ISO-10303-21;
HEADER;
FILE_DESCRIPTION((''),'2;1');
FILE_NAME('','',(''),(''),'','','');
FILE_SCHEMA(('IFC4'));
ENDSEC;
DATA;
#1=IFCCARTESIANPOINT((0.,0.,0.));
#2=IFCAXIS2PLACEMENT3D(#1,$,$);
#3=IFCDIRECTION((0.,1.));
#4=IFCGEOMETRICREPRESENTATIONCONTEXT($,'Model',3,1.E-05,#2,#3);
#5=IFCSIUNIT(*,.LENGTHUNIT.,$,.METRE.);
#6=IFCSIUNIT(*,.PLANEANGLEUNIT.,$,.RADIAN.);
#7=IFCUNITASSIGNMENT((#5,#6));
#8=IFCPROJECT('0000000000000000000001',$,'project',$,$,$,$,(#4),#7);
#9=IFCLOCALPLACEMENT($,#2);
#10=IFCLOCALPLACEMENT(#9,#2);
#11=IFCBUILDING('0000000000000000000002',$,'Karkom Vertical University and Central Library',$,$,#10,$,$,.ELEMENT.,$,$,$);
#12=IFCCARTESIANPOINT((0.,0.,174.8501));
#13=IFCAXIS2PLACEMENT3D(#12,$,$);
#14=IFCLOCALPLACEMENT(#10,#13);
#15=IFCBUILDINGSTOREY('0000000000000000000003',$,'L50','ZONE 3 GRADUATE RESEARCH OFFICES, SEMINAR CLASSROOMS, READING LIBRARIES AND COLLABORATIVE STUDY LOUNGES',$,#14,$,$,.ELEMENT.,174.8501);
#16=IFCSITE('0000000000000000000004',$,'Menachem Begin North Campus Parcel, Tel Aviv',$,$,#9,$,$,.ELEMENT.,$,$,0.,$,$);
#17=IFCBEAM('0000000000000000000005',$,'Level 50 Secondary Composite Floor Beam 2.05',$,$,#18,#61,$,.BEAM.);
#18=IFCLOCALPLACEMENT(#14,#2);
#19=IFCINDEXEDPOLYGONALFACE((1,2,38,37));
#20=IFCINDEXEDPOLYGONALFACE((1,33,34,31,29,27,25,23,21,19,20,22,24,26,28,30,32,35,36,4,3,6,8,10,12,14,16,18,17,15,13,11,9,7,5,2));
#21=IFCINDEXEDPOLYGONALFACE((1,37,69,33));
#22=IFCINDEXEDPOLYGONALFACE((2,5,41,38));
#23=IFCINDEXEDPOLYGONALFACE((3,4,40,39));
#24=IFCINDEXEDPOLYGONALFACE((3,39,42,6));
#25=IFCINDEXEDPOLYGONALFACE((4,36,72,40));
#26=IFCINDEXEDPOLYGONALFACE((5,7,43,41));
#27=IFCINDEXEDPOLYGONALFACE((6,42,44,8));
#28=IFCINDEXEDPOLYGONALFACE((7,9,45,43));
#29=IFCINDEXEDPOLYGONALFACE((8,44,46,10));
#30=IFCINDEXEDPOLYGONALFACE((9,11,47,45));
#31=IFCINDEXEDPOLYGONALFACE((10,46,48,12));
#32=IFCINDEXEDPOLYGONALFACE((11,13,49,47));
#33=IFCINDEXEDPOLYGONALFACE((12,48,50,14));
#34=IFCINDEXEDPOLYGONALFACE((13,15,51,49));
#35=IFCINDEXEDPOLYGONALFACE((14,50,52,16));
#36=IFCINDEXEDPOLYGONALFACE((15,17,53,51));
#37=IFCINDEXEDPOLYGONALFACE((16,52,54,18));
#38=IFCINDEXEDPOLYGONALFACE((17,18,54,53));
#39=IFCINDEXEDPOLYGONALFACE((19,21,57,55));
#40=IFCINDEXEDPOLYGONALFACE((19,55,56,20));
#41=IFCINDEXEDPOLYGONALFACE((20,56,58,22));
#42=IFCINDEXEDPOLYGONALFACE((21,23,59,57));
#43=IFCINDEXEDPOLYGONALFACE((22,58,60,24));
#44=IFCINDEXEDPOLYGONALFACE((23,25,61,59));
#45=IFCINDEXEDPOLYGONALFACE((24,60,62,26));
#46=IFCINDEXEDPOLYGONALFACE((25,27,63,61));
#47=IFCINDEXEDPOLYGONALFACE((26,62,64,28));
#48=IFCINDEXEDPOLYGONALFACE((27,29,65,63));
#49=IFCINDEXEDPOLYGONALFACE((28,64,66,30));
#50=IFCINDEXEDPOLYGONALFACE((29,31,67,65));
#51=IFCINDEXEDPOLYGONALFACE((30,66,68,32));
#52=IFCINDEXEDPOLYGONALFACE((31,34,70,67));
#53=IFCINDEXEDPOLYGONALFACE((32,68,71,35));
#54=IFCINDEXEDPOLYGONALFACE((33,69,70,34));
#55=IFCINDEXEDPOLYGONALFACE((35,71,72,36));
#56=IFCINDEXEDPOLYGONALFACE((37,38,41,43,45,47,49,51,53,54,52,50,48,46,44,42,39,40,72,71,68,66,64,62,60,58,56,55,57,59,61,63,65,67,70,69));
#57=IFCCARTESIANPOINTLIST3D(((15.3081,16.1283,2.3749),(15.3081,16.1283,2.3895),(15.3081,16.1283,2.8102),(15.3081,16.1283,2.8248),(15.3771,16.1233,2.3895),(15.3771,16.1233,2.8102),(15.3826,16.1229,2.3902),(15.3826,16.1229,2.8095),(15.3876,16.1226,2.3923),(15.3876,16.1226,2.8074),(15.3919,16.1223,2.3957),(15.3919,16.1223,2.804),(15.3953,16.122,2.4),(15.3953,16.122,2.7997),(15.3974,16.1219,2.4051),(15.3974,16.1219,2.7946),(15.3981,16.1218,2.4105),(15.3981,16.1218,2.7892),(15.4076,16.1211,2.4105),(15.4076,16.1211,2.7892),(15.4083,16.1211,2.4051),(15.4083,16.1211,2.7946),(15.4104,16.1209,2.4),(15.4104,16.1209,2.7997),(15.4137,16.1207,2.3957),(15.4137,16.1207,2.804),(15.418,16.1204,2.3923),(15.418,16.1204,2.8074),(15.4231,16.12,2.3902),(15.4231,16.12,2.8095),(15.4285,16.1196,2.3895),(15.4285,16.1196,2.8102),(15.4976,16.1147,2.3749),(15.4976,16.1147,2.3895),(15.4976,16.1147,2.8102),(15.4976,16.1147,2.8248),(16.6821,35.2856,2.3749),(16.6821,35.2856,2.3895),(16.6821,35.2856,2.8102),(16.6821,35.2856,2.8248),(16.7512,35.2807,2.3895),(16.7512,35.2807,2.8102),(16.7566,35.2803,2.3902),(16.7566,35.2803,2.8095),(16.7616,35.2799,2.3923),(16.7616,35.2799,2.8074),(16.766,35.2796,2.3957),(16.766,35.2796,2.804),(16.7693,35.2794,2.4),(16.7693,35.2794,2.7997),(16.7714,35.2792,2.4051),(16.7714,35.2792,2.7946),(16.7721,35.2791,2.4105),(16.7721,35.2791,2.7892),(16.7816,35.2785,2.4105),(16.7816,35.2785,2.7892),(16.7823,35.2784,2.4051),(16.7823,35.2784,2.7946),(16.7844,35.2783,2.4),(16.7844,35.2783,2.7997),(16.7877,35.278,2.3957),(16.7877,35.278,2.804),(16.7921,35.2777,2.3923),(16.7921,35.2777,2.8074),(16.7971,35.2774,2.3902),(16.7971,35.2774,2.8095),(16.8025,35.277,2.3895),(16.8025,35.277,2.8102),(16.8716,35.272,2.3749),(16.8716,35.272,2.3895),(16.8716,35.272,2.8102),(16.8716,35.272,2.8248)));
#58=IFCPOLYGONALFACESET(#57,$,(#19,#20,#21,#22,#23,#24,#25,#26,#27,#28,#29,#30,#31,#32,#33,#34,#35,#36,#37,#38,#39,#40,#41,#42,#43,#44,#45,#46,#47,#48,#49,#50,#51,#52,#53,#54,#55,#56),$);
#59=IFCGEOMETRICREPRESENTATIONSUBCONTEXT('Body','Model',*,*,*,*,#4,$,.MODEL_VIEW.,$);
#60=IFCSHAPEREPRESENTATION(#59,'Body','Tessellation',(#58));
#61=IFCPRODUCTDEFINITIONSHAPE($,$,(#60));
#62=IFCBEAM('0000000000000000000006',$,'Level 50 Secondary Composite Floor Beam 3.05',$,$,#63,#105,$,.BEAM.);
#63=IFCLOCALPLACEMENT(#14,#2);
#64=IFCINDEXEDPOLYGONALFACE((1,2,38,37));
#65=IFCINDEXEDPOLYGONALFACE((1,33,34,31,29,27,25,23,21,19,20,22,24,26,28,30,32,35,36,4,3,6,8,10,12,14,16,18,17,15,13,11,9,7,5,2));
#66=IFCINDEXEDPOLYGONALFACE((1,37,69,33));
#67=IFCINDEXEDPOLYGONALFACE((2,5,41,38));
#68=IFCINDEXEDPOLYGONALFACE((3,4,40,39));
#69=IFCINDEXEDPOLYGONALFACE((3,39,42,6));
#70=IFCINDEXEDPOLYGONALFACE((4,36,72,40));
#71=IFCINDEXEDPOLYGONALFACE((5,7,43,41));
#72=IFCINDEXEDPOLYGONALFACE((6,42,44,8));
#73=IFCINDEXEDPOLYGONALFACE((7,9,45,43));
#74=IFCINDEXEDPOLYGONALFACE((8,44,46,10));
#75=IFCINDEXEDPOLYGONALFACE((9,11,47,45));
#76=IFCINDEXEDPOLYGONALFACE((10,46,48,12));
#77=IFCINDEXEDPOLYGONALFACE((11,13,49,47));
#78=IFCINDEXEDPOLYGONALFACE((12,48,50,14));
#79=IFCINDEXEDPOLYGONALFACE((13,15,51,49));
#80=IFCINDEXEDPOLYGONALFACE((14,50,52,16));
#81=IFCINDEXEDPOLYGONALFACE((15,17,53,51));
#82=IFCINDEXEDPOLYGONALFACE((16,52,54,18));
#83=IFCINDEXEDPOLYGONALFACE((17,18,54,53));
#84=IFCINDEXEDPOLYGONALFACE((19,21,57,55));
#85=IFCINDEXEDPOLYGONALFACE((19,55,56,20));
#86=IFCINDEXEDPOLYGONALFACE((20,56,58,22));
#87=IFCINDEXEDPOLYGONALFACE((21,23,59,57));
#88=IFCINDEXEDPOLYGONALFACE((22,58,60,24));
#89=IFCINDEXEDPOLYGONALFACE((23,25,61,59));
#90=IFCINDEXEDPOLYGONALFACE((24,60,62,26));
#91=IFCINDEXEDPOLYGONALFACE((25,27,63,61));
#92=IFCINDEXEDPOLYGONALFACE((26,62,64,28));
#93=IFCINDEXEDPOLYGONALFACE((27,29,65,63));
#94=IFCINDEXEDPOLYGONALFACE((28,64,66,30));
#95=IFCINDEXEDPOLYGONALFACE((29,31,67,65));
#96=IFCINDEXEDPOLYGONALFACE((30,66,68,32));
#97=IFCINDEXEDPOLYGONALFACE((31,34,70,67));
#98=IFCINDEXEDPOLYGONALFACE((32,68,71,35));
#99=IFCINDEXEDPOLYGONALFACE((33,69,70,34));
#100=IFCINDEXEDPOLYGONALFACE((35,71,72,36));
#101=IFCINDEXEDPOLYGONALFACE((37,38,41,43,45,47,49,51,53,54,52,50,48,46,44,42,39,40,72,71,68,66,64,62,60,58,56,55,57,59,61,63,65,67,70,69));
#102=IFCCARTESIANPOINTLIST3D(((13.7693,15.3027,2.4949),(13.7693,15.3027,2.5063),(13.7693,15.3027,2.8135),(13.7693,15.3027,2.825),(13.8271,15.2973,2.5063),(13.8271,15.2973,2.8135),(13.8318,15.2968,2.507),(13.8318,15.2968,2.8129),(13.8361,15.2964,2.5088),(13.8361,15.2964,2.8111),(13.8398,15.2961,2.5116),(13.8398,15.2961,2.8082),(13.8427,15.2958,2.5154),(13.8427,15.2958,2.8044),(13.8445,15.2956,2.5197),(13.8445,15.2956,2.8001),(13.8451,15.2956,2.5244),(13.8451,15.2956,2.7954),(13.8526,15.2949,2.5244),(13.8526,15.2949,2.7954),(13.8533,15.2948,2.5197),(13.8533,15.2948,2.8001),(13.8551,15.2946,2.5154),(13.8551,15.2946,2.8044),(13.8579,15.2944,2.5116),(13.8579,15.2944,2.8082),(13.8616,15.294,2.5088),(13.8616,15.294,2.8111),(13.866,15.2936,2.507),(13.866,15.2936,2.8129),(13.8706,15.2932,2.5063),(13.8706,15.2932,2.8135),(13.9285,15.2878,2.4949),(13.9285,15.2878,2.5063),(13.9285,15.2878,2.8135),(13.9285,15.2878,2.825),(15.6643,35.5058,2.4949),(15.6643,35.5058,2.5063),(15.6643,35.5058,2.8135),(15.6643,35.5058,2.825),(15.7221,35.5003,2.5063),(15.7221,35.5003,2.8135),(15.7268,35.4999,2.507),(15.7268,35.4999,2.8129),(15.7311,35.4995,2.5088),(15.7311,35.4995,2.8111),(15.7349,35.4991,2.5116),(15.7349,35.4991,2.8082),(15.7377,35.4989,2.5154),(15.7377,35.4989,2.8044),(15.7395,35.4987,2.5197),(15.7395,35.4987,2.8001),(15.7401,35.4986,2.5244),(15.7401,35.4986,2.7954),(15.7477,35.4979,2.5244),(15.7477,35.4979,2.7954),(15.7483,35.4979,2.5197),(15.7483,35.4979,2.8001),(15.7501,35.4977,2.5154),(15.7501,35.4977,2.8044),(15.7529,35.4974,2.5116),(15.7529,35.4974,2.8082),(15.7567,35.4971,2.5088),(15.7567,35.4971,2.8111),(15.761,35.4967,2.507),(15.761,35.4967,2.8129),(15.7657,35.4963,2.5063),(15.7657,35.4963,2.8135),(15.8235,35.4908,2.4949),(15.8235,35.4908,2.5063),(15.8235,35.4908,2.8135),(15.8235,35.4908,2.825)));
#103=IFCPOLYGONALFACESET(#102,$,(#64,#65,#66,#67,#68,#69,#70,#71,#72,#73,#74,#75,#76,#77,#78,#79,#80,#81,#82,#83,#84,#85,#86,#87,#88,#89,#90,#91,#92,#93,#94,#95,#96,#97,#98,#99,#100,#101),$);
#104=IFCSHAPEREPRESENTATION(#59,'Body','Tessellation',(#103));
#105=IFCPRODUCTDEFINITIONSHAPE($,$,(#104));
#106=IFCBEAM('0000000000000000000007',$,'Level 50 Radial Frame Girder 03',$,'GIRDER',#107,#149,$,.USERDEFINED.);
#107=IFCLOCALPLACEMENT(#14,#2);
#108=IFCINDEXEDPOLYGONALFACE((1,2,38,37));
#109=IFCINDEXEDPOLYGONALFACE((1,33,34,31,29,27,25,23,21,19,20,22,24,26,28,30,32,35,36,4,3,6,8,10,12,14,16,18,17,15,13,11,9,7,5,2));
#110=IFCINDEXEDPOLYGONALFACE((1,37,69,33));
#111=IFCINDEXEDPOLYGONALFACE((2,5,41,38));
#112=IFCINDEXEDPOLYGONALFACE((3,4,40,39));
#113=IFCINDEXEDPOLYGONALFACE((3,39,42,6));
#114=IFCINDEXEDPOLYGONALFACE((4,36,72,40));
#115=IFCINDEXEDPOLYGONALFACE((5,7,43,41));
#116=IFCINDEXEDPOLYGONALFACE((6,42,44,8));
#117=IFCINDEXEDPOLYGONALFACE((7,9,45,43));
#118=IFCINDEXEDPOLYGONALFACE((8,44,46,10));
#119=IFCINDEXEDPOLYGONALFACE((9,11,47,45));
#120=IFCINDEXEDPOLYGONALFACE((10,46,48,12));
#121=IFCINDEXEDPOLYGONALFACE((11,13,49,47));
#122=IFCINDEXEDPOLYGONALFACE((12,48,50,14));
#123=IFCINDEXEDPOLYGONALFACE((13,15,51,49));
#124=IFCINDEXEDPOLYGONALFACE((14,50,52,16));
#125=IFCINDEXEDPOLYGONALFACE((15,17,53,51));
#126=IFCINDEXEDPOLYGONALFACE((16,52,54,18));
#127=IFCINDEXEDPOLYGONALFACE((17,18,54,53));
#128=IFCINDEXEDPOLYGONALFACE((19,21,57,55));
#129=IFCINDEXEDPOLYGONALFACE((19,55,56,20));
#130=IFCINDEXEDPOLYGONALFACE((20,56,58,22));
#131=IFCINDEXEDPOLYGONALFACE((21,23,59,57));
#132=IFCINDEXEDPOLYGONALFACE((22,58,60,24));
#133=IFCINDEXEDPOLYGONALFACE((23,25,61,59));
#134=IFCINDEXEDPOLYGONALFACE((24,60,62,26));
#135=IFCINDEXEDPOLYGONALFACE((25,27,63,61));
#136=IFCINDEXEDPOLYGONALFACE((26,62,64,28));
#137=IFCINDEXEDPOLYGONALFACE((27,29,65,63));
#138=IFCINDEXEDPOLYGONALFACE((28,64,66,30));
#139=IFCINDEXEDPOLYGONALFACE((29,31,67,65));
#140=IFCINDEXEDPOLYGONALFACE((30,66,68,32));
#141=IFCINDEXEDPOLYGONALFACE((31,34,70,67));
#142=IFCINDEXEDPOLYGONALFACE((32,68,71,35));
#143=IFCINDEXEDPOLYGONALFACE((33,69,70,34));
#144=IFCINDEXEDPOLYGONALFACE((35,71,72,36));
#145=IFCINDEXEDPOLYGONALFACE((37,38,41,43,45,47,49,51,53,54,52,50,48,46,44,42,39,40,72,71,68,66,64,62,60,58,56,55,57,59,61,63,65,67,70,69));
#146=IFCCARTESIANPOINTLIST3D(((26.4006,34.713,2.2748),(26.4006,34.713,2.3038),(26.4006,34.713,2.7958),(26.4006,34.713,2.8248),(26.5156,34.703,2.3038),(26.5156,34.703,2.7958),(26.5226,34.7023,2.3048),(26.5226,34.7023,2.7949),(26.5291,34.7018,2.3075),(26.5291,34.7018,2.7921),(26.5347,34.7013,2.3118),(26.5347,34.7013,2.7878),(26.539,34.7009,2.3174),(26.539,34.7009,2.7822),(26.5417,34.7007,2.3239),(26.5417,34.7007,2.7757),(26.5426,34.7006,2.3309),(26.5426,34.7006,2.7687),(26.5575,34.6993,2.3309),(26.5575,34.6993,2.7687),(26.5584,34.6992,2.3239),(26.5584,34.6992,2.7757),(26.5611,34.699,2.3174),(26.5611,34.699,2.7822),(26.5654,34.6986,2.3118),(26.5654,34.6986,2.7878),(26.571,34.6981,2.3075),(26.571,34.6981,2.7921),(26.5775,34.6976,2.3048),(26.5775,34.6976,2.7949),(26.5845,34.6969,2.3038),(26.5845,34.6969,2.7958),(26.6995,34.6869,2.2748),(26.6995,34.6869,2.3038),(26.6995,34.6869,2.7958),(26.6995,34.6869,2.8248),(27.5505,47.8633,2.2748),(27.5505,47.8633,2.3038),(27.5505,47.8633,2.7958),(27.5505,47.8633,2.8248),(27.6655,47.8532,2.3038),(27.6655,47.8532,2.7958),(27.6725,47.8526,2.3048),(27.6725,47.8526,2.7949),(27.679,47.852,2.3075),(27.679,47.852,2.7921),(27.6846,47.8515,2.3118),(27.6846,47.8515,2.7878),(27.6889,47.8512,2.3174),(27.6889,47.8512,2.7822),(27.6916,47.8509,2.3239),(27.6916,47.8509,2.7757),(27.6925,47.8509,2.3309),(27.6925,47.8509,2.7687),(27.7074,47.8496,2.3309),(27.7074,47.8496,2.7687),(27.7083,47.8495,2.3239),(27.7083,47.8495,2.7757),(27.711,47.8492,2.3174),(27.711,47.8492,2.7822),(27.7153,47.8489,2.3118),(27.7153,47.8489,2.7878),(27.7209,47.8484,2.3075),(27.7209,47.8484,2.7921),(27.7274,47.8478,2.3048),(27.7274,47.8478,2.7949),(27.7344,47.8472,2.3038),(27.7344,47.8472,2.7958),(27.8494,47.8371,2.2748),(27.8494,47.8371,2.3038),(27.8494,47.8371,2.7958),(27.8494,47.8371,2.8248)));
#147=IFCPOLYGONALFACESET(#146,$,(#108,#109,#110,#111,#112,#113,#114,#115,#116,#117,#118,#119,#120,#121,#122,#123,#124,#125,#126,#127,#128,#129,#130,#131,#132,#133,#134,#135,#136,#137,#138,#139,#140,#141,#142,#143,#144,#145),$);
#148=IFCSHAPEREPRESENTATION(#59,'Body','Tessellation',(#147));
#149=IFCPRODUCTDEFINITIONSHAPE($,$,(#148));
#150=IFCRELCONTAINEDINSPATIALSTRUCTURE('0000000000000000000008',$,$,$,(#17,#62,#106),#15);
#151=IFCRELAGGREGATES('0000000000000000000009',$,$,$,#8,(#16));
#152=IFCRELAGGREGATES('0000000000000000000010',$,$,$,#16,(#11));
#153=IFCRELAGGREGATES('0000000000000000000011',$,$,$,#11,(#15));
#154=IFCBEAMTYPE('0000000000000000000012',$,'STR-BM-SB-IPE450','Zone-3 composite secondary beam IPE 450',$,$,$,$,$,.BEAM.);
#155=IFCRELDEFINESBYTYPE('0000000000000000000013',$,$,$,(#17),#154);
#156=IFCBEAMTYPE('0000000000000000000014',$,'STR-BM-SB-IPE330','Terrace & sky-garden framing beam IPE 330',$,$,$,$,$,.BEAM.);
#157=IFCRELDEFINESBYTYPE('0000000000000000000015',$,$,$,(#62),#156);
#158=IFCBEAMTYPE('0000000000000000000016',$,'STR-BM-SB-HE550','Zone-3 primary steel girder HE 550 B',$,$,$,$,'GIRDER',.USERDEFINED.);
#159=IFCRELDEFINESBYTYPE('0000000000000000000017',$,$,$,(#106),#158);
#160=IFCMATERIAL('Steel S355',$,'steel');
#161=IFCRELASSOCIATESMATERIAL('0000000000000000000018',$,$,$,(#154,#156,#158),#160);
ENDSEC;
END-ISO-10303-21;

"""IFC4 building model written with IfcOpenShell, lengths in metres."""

from ifc_helpers import new_model, si_unit, direction, frame, origin, origin_with_axes, origin_2d, place, context, subcontext, project, spatial, i_section, extrude, source, transform, mapped, material, material_profile, profile_set, type_object, element, save


model = new_model("IFC4")

# Units and contexts
model_context = context("Model", 3, precision=1e-05, world=origin(), true_north=direction((0.0, 1.0)))
body_context = subcontext(model_context, "Body", "Model", "MODEL_VIEW")
ifc_project = project(units=[si_unit("LENGTHUNIT", "METRE"), si_unit("PLANEANGLEUNIT", "RADIAN")], contexts=[model_context])

# Site, building, storey
site_placement = place(None, origin())
site = spatial("IfcSite", under=ifc_project, at=site_placement, Name="Menachem Begin North Campus Parcel, Tel Aviv", CompositionType="ELEMENT", RefElevation=0.0)
building_placement = place(site_placement, origin())
building = spatial("IfcBuilding", under=site, at=building_placement, Name="Karkom Vertical University and Central Library", CompositionType="ELEMENT")
storey_placement = place(building_placement, frame((0.0, 0.0, 174.8501)))
storey = spatial("IfcBuildingStorey", under=building, at=storey_placement, Name="L50", Description="ZONE 3 GRADUATE RESEARCH OFFICES, SEMINAR CLASSROOMS, READING LIBRARIES AND COLLABORATIVE STUDY LOUNGES", CompositionType="ELEMENT", Elevation=174.8501)

# Beams
ifc_material_1 = material(Name="Steel S355", Category="steel")
ifc_material_profile_1 = material_profile(ifc_material_1, i_section(OverallWidth=0.1899, OverallDepth=0.45, WebThickness=0.0095, FlangeThickness=0.0146, FilletRadius=0.021, at=origin_2d()), Name="IPE 450")
ifc_profile_set_1 = profile_set([ifc_material_profile_1], Name="Steel S355")
beam_type_1 = type_object("IfcBeamType", Name="STR-BM-SB-IPE450", Description="Zone-3 composite secondary beam IPE 450", PredefinedType="BEAM", material=ifc_profile_set_1)
shared_shape_1 = source(origin_with_axes(), body_context, "Body", "SweptSolid", [
    extrude(i_section(OverallWidth=0.1899, OverallDepth=0.45, WebThickness=0.0095, FlangeThickness=0.0146, FilletRadius=0.021, at=origin_2d()), origin(), (0.0, 0.0, 1.0), 19.2065),
])
beam_1_placement = place(storey_placement, frame((16.7769, 35.2788, 2.5999), z_axis=(-0.07154, -0.997438, 0.0), x_axis=(0.997438, -0.07154, 0.0)))
element("IfcBeam", 1, at=beam_1_placement, inside=storey, type_object=beam_type_1, Name="Level 50 Secondary Composite Floor Beam 2.05", PredefinedType="BEAM", context=body_context, shape_type="MappedRepresentation", body=[
    mapped(shared_shape_1, transform((0.0, 0.0, 0.0), scale=1.0)),
])
ifc_material_profile_2 = material_profile(ifc_material_1, i_section(OverallWidth=0.1599, OverallDepth=0.3301, WebThickness=0.0076, FlangeThickness=0.0115, FilletRadius=0.0181, at=origin_2d()), Name="IPE 330")
ifc_profile_set_2 = profile_set([ifc_material_profile_2], Name="Steel S355")
beam_type_2 = type_object("IfcBeamType", Name="STR-BM-SB-IPE330", Description="Terrace & sky-garden framing beam IPE 330", PredefinedType="BEAM", material=ifc_profile_set_2)
shared_shape_2 = source(origin_with_axes(), body_context, "Body", "SweptSolid", [
    extrude(i_section(OverallWidth=0.1599, OverallDepth=0.3301, WebThickness=0.0076, FlangeThickness=0.0115, FilletRadius=0.0181, at=origin_2d()), origin(), (0.0, 0.0, 1.0), 20.2917),
])
beam_2_placement = place(storey_placement, frame((15.7439, 35.4983, 2.6599), z_axis=(-0.093388, -0.99563, 0.0), x_axis=(0.99563, -0.093388, 0.0)))
element("IfcBeam", 2, at=beam_2_placement, inside=storey, type_object=beam_type_2, Name="Level 50 Secondary Composite Floor Beam 3.05", PredefinedType="BEAM", context=body_context, shape_type="MappedRepresentation", body=[
    mapped(shared_shape_2, transform((0.0, 0.0, 0.0), scale=1.0)),
])
ifc_material_profile_3 = material_profile(ifc_material_1, i_section(OverallWidth=0.3, OverallDepth=0.55, WebThickness=0.0149, FlangeThickness=0.0291, FilletRadius=0.0271, at=origin_2d()), Name="HE 550 B")
ifc_profile_set_3 = profile_set([ifc_material_profile_3], Name="Steel S355")
beam_type_3 = type_object("IfcBeamType", Name="STR-BM-SB-HE550", Description="Zone-3 primary steel girder HE 550 B", ElementType="GIRDER", PredefinedType="USERDEFINED", material=ifc_profile_set_3)
shared_shape_3 = source(origin_with_axes(), body_context, "Body", "SweptSolid", [
    extrude(i_section(OverallWidth=0.3, OverallDepth=0.55, WebThickness=0.0149, FlangeThickness=0.0291, FilletRadius=0.0271, at=origin_2d()), origin(), (0.0, 0.0, 1.0), 13.2004),
])
beam_3_placement = place(storey_placement, frame((26.55, 34.7, 2.5498), z_axis=(0.087112, 0.996199, 0.0), x_axis=(-0.996199, 0.087112, 0.0)))
element("IfcBeam", 3, at=beam_3_placement, inside=storey, type_object=beam_type_3, Name="Level 50 Radial Frame Girder 03", ObjectType="GIRDER", PredefinedType="USERDEFINED", context=body_context, shape_type="MappedRepresentation", body=[
    mapped(shared_shape_3, transform((0.0, 0.0, 0.0), scale=1.0)),
])

save(model, "model.ifc")
